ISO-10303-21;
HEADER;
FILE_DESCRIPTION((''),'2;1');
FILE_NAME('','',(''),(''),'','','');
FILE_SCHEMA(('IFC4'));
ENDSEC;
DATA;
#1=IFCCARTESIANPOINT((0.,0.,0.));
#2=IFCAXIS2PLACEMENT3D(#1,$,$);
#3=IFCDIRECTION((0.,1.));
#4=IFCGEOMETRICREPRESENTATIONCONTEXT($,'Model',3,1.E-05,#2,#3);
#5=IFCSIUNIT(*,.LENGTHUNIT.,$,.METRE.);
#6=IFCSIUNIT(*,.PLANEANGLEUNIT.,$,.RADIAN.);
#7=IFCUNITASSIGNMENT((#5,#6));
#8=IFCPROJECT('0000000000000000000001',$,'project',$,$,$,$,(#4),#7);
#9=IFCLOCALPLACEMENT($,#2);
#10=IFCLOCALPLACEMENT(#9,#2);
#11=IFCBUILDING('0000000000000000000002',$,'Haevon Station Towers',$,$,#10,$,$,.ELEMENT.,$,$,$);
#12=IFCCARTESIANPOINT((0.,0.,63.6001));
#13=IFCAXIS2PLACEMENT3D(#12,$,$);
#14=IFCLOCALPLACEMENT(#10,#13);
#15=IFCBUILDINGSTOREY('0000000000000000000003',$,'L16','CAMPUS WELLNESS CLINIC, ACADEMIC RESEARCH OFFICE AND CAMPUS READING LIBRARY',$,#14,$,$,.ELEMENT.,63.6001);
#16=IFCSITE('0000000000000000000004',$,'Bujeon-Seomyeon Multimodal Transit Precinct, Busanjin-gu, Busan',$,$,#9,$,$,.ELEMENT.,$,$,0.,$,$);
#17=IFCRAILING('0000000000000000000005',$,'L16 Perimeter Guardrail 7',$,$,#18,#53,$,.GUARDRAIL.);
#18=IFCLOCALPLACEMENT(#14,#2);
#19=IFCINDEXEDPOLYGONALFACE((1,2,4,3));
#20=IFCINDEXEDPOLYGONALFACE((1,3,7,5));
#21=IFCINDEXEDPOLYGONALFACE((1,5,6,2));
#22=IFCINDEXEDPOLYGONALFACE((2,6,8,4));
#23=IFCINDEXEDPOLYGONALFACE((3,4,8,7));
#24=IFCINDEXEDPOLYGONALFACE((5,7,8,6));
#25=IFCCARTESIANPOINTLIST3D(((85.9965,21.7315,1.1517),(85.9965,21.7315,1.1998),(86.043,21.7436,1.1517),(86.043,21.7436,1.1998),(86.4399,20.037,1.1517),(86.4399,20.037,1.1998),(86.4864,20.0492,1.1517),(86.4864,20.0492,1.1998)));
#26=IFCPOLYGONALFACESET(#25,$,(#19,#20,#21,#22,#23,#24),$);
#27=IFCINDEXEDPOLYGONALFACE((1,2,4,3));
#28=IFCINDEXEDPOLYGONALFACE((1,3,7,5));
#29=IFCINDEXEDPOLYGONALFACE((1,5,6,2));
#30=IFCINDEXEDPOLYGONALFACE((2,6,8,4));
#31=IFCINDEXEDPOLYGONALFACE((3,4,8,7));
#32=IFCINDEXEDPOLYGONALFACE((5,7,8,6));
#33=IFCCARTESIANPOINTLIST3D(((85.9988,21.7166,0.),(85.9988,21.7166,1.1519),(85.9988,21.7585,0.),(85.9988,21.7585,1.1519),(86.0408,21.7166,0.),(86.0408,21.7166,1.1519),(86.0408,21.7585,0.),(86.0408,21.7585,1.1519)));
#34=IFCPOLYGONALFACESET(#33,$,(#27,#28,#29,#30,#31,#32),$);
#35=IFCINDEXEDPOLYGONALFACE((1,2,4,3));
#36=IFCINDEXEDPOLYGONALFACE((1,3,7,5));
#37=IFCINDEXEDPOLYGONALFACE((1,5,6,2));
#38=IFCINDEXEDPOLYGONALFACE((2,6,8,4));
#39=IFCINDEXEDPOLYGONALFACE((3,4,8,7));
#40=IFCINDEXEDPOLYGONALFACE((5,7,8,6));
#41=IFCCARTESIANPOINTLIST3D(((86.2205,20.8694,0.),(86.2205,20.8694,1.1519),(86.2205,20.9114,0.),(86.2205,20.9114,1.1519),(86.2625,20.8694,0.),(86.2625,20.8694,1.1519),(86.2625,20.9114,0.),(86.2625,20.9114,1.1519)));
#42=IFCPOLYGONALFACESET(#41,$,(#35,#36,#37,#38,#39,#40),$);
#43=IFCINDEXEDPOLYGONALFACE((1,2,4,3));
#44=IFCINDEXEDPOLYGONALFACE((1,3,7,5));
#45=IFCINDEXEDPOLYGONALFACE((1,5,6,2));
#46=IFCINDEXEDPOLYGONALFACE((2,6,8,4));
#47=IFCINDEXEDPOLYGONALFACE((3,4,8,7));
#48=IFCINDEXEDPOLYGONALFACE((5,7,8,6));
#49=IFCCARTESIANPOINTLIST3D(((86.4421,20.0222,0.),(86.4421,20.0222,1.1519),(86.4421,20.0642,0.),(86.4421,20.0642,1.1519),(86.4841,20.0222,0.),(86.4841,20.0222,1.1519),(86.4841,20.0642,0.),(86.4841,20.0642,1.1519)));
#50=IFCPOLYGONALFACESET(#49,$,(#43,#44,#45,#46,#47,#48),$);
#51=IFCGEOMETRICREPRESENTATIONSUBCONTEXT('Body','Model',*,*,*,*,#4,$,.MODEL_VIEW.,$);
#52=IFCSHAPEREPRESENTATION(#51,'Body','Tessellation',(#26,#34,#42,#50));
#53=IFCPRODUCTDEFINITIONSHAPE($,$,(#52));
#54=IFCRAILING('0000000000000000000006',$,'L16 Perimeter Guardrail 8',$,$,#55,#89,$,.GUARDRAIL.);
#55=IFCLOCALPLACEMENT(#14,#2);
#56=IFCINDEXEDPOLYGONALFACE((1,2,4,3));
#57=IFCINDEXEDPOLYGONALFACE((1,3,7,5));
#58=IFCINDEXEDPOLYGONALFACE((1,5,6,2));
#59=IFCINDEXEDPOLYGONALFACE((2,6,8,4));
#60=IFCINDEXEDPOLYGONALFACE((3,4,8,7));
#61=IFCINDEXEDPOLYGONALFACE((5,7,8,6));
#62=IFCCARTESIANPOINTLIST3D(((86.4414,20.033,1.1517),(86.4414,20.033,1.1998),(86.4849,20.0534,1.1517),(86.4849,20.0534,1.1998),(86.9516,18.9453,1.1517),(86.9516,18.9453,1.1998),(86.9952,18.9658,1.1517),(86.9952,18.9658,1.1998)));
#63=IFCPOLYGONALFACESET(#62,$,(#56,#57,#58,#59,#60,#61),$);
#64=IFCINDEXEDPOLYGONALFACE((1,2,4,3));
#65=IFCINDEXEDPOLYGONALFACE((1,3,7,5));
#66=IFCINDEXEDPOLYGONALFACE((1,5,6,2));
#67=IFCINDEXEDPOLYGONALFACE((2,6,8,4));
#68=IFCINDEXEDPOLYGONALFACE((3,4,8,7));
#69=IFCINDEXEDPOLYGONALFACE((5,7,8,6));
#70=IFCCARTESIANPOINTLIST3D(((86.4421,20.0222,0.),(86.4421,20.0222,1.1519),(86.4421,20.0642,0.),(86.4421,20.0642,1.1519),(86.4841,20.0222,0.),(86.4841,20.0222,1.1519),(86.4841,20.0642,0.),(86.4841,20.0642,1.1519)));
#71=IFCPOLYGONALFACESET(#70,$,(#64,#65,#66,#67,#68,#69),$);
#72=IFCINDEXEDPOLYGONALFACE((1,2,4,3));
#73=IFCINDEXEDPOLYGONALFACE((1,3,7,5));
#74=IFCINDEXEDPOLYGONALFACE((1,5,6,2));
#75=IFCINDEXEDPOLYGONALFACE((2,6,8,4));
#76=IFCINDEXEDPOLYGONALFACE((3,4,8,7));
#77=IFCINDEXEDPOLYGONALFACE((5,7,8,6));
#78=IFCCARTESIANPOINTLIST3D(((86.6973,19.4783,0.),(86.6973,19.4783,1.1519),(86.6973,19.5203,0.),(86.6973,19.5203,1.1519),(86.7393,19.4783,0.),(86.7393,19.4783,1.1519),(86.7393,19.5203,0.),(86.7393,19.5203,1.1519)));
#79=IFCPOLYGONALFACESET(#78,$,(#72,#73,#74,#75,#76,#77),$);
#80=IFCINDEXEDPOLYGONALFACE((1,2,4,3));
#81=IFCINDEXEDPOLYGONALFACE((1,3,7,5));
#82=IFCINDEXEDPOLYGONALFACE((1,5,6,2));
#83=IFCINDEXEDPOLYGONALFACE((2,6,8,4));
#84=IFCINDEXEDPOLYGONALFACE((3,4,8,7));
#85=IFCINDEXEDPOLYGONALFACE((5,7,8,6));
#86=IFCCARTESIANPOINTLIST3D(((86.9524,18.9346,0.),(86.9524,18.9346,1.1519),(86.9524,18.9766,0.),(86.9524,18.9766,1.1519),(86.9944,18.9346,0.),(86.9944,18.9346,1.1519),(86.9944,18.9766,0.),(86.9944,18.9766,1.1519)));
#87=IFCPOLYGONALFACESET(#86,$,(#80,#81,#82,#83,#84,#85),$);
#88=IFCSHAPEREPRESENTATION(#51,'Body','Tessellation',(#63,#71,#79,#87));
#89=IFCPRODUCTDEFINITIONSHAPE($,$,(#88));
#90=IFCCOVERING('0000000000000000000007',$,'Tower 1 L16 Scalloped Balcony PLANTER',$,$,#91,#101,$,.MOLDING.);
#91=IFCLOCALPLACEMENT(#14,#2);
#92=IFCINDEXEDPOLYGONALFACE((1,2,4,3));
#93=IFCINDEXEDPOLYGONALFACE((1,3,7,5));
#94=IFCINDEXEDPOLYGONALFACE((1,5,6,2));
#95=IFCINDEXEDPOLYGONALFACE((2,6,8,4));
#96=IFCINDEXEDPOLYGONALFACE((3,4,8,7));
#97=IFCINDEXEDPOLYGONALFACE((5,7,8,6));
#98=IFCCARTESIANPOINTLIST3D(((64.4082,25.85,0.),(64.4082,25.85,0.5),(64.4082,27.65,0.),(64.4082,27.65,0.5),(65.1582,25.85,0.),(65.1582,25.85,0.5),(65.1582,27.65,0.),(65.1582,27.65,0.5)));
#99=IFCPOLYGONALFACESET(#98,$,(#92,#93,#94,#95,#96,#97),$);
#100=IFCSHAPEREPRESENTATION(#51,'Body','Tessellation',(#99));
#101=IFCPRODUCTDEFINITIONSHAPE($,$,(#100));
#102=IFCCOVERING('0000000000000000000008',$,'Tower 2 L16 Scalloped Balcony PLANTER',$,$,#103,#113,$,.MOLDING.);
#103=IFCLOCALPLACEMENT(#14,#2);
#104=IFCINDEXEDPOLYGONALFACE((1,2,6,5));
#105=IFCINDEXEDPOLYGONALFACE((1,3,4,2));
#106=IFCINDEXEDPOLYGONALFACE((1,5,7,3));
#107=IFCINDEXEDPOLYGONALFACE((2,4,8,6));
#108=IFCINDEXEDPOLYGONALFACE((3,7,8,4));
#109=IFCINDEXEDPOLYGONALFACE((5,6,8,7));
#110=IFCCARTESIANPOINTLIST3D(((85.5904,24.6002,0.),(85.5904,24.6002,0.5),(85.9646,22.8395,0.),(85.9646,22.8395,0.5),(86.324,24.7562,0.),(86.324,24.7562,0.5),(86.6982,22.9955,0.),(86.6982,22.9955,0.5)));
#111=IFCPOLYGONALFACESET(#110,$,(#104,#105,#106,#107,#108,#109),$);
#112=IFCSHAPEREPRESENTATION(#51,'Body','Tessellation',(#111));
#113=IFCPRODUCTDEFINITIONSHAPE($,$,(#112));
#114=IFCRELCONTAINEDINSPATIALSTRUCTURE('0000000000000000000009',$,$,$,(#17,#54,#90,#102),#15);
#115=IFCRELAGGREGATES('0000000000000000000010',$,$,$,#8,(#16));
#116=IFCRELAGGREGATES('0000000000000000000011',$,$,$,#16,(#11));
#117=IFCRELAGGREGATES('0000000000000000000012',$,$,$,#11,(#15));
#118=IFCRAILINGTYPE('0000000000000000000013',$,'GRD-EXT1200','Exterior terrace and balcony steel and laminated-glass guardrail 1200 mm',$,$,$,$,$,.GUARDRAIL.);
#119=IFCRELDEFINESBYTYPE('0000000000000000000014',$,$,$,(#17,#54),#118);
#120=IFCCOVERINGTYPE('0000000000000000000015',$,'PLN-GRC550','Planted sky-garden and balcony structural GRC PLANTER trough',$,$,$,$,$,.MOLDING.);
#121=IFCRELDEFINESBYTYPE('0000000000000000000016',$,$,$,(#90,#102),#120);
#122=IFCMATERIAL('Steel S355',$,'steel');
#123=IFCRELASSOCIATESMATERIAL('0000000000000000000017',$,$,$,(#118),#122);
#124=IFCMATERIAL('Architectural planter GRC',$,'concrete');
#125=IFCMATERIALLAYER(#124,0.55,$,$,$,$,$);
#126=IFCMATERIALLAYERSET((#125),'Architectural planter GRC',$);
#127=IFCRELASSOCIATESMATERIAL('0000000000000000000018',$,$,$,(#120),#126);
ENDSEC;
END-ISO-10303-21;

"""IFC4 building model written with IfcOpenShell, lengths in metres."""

from ifc_helpers import new_model, si_unit, direction, frame, origin, origin_2d, place, context, subcontext, project, spatial, rectangle, extrude, material, layer, layer_set, type_object, element, save


model = new_model("IFC4")

# Units and contexts
model_context = context("Model", 3, precision=1e-05, world=origin(), true_north=direction((0.0, 1.0)))
body_context = subcontext(model_context, "Body", "Model", "MODEL_VIEW")
ifc_project = project(units=[si_unit("LENGTHUNIT", "METRE"), si_unit("PLANEANGLEUNIT", "RADIAN")], contexts=[model_context])

# Site, building, storey
site_placement = place(None, origin())
site = spatial("IfcSite", under=ifc_project, at=site_placement, Name="Bujeon-Seomyeon Multimodal Transit Precinct, Busanjin-gu, Busan", CompositionType="ELEMENT", RefElevation=0.0)
building_placement = place(site_placement, origin())
building = spatial("IfcBuilding", under=site, at=building_placement, Name="Haevon Station Towers", CompositionType="ELEMENT")
storey_placement = place(building_placement, frame((0.0, 0.0, 63.6001)))
storey = spatial("IfcBuildingStorey", under=building, at=storey_placement, Name="L16", Description="CAMPUS WELLNESS CLINIC, ACADEMIC RESEARCH OFFICE AND CAMPUS READING LIBRARY", CompositionType="ELEMENT", Elevation=63.6001)

# Shared definitions
ifc_material_1 = material(Name="Steel S355", Category="steel")

# Railings
railing_type = type_object("IfcRailingType", Name="GRD-EXT1200", Description="Exterior terrace and balcony steel and laminated-glass guardrail 1200 mm", PredefinedType="GUARDRAIL", material=ifc_material_1)
railing_1_placement = place(storey_placement, frame((86.0198, 21.7375, 0.0)))
element("IfcRailing", 1, at=railing_1_placement, inside=storey, type_object=railing_type, Name="L16 Perimeter Guardrail 7", PredefinedType="GUARDRAIL", context=body_context, shape_type="SweptSolid", body=[
    extrude(rectangle(XDim=0.0481, YDim=0.0481, at=origin_2d()), frame((0.0, 0.0, 1.1758), z_axis=(0.253148, -0.967428, 0.0), x_axis=(0.967428, 0.253148, 0.0)), (0.0, 0.0, 1.0), 1.7515),
    extrude(rectangle(XDim=0.042, YDim=0.042, at=origin_2d()), origin(), (0.0, 0.0, 1.0), 1.1519),
    extrude(rectangle(XDim=0.042, YDim=0.042, at=origin_2d()), frame((0.2217, -0.8472, 0.0)), (0.0, 0.0, 1.0), 1.1519),
    extrude(rectangle(XDim=0.042, YDim=0.042, at=origin_2d()), frame((0.4434, -1.6943, 0.0)), (0.0, 0.0, 1.0), 1.1519),
])
railing_2_placement = place(storey_placement, frame((86.4631, 20.0432, 0.0)))
element("IfcRailing", 2, at=railing_2_placement, inside=storey, type_object=railing_type, Name="L16 Perimeter Guardrail 8", PredefinedType="GUARDRAIL", context=body_context, shape_type="SweptSolid", body=[
    extrude(rectangle(XDim=0.0481, YDim=0.0481, at=origin_2d()), frame((0.0, 0.0, 1.1758), z_axis=(0.42472, -0.905325, 0.0), x_axis=(0.905325, 0.42472, 0.0)), (0.0, 0.0, 1.0), 1.2014),
    extrude(rectangle(XDim=0.042, YDim=0.042, at=origin_2d()), origin(), (0.0, 0.0, 1.0), 1.1519),
    extrude(rectangle(XDim=0.042, YDim=0.042, at=origin_2d()), frame((0.2551, -0.5439, 0.0)), (0.0, 0.0, 1.0), 1.1519),
    extrude(rectangle(XDim=0.042, YDim=0.042, at=origin_2d()), frame((0.5103, -1.0876, 0.0)), (0.0, 0.0, 1.0), 1.1519),
])

# Coverings
ifc_material_2 = material(Name="Architectural planter GRC", Category="concrete")
ifc_layer_1 = layer(ifc_material_2, 0.55)
ifc_layer_set_1 = layer_set([ifc_layer_1], Name="Architectural planter GRC")
covering_type = type_object("IfcCoveringType", Name="PLN-GRC550", Description="Planted sky-garden and balcony structural GRC PLANTER trough", PredefinedType="MOLDING", material=ifc_layer_set_1)
for number, where, z_axis, x_axis, name in (
    (3, (64.7832, 26.75, 0.0), (0.0, 0.0, 1.0), (1.0, 0.0, 0.0), "Tower 1 L16 Scalloped Balcony PLANTER"),
    (4, (86.1443, 23.7979, 0.0), (0.0, 0.0, 1.0), (0.978148, 0.207912, 0.0), "Tower 2 L16 Scalloped Balcony PLANTER"),
):
    element("IfcCovering", number, at=place(storey_placement, frame(where, z_axis=z_axis, x_axis=x_axis)), inside=storey, type_object=covering_type, Name=name, PredefinedType="MOLDING", context=body_context, shape_type="SweptSolid", body=[
        extrude(rectangle(XDim=0.75, YDim=1.8, at=origin_2d()), origin(), (0.0, 0.0, 1.0), 0.5),
    ])

save(model, "model.ifc")
